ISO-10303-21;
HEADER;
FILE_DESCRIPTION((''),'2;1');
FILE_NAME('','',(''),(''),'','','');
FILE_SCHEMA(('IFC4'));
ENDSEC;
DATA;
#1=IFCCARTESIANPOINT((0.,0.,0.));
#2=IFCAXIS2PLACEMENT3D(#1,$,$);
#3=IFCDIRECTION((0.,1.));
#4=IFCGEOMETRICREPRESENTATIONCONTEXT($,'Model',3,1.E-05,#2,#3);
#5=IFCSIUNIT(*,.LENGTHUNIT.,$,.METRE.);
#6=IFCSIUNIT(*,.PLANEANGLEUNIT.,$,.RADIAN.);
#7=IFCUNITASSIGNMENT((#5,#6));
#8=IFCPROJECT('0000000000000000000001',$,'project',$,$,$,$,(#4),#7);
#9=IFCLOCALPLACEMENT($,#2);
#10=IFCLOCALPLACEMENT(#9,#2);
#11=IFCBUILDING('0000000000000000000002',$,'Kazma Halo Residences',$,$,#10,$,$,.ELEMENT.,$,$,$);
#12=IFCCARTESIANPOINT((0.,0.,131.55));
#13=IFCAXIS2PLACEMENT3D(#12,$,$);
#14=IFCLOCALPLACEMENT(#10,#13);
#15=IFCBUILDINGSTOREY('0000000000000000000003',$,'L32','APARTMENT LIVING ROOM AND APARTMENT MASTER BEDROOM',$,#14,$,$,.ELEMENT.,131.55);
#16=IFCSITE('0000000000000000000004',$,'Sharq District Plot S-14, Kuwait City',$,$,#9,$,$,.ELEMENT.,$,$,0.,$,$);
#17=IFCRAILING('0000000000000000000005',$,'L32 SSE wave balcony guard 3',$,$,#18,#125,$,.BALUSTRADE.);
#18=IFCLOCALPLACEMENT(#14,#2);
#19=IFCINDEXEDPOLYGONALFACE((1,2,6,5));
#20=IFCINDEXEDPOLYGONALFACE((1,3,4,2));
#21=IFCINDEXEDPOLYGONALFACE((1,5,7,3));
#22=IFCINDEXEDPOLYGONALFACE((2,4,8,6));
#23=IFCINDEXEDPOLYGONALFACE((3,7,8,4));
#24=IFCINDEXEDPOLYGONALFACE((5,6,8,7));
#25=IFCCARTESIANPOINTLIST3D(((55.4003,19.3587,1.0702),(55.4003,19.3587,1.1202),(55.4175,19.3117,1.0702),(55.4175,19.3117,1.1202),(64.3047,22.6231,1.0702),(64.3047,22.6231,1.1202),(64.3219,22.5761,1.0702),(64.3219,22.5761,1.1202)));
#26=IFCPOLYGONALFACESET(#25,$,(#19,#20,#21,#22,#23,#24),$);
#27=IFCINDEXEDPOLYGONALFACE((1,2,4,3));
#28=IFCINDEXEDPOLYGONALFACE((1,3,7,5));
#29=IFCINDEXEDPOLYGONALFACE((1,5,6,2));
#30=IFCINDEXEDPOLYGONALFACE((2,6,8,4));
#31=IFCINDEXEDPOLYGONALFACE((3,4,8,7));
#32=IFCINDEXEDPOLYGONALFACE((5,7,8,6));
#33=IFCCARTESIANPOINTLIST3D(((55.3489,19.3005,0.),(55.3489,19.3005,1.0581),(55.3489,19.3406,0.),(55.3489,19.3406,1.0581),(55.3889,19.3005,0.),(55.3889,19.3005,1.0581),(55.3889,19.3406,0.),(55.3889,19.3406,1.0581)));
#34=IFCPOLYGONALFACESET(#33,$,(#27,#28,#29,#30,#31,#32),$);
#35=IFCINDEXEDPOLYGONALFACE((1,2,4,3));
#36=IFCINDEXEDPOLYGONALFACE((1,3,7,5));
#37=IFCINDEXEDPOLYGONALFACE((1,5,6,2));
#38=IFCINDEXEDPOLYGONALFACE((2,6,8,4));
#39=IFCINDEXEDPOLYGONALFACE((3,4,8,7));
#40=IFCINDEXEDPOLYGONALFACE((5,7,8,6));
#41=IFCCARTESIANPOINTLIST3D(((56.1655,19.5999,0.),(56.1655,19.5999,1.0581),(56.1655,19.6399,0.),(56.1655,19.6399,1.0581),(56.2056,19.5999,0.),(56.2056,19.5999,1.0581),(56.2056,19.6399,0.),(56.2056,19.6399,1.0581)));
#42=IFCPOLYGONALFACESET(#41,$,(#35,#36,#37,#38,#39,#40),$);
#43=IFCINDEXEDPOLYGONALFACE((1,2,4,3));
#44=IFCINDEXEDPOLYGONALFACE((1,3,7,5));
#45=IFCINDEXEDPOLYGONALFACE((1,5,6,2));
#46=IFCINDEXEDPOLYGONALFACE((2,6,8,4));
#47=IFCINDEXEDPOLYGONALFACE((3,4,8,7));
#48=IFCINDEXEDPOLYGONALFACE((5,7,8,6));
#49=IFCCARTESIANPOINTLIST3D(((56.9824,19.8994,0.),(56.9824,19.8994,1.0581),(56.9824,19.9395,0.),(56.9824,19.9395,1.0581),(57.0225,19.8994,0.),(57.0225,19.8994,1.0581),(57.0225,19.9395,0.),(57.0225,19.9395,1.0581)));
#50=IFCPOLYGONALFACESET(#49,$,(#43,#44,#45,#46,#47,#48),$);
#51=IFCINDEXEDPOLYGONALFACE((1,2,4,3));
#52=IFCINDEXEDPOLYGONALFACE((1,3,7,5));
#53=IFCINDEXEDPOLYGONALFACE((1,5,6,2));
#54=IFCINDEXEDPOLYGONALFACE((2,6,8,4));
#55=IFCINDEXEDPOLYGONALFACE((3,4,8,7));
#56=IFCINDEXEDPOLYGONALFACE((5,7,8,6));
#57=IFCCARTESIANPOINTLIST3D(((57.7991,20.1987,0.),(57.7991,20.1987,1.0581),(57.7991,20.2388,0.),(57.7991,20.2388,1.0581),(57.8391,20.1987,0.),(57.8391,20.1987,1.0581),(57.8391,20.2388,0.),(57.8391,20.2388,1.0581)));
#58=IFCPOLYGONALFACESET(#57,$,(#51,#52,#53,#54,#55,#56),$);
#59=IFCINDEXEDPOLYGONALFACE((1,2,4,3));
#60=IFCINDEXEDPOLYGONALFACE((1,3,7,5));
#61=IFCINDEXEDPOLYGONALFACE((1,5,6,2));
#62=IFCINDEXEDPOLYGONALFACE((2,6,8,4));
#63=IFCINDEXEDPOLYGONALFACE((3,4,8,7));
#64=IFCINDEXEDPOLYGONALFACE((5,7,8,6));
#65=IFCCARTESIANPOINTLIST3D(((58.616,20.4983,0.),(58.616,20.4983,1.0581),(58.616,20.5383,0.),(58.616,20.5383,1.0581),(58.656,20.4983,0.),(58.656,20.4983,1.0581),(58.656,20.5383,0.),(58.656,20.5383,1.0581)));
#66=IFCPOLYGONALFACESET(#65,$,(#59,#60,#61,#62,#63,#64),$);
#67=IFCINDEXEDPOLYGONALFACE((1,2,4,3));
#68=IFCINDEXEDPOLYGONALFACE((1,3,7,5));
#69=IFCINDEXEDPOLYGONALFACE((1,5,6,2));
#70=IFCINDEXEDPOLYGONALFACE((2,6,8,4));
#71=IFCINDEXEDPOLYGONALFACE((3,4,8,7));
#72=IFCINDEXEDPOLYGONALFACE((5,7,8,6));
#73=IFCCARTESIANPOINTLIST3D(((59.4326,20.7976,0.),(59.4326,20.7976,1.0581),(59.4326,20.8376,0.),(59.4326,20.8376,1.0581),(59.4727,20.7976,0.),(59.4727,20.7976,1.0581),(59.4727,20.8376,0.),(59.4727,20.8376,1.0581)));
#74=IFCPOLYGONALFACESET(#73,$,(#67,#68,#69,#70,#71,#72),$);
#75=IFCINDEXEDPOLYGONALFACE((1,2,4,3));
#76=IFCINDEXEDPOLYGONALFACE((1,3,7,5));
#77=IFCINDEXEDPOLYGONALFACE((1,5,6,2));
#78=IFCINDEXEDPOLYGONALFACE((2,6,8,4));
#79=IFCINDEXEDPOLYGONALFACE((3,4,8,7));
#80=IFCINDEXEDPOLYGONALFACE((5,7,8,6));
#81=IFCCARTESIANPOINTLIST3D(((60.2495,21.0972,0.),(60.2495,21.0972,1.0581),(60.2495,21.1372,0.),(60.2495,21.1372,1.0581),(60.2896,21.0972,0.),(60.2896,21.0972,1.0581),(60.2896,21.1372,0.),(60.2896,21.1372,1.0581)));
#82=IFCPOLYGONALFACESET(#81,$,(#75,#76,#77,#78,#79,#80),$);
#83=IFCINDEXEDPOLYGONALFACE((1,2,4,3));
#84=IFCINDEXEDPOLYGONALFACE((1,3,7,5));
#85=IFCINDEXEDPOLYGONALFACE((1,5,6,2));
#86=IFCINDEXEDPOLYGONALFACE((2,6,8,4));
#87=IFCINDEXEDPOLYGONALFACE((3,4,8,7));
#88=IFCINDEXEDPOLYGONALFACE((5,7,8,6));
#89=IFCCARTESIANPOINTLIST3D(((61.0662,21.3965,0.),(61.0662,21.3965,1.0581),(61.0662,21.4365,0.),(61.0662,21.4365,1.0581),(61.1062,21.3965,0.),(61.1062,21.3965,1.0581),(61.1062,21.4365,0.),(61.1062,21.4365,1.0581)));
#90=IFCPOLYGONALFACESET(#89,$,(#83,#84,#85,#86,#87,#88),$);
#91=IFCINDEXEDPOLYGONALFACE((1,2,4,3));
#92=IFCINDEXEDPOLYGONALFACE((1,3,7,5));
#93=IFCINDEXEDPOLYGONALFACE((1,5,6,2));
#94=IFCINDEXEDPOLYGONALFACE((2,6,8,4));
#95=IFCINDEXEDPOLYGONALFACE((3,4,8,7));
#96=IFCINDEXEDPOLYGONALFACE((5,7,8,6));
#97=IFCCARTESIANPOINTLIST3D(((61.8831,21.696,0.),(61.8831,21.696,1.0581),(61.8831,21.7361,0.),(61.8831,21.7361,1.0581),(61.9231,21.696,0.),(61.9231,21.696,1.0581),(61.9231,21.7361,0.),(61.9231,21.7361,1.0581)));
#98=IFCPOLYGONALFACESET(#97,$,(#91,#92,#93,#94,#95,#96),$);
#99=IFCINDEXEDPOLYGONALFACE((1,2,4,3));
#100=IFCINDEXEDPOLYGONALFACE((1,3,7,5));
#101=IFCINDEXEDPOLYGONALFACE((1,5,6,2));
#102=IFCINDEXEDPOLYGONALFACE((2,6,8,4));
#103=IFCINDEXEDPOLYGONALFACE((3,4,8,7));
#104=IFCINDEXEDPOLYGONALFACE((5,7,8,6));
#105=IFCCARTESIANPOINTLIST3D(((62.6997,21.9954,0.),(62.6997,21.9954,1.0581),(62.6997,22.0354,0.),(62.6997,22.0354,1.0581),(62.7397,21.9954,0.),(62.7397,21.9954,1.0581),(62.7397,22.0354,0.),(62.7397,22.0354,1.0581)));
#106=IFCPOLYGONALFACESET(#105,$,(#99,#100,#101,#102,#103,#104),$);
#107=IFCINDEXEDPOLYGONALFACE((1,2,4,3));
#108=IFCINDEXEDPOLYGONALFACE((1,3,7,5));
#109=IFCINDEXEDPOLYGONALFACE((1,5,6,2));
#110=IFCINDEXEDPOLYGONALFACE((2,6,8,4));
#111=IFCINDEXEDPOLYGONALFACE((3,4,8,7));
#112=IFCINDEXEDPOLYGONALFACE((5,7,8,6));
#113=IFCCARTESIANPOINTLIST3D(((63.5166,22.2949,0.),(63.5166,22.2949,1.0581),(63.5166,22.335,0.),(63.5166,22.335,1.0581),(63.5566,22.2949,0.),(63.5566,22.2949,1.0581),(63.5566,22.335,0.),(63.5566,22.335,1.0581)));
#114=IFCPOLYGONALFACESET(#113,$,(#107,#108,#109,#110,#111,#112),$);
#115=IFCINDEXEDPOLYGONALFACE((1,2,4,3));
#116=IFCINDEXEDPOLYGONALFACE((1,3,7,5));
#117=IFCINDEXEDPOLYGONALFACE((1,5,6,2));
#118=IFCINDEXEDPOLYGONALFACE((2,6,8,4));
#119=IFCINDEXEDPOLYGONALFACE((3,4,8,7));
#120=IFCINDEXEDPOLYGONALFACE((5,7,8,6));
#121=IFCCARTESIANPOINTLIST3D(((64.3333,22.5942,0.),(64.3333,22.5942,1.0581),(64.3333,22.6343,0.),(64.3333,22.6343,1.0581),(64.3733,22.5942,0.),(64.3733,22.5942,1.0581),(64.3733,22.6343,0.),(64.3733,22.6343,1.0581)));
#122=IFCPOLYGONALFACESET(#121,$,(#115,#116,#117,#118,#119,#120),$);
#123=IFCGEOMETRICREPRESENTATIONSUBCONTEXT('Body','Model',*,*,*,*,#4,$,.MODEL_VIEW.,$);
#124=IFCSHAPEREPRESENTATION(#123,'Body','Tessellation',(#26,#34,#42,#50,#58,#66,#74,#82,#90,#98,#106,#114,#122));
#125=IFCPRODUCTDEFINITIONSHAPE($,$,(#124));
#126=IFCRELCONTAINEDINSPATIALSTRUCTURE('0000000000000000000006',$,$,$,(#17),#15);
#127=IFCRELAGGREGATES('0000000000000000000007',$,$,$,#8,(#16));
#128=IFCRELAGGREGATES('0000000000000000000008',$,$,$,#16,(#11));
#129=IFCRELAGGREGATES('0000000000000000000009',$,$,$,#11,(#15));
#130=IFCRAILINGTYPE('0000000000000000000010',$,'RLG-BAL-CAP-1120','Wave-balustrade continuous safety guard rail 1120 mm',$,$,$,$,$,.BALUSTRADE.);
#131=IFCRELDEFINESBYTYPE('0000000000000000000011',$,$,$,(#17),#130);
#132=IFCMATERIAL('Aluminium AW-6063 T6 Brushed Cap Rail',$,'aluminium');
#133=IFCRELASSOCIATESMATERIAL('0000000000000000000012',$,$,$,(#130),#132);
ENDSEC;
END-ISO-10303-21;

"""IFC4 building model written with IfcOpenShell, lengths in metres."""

from ifc_helpers import new_model, si_unit, direction, frame, origin, origin_2d, place, context, subcontext, project, spatial, rectangle, extrude, material, type_object, element, save


model = new_model("IFC4")

# Units and contexts
model_context = context("Model", 3, precision=1e-05, world=origin(), true_north=direction((0.0, 1.0)))
body_context = subcontext(model_context, "Body", "Model", "MODEL_VIEW")
ifc_project = project(units=[si_unit("LENGTHUNIT", "METRE"), si_unit("PLANEANGLEUNIT", "RADIAN")], contexts=[model_context])

# Site, building, storey
site_placement = place(None, origin())
site = spatial("IfcSite", under=ifc_project, at=site_placement, Name="Sharq District Plot S-14, Kuwait City", CompositionType="ELEMENT", RefElevation=0.0)
building_placement = place(site_placement, origin())
building = spatial("IfcBuilding", under=site, at=building_placement, Name="Kazma Halo Residences", CompositionType="ELEMENT")
storey_placement = place(building_placement, frame((0.0, 0.0, 131.55)))
storey = spatial("IfcBuildingStorey", under=building, at=storey_placement, Name="L32", Description="APARTMENT LIVING ROOM AND APARTMENT MASTER BEDROOM", CompositionType="ELEMENT", Elevation=131.55)

# Railing
ifc_material_1 = material(Name="Aluminium AW-6063 T6 Brushed Cap Rail", Category="aluminium")
railing_type = type_object("IfcRailingType", Name="RLG-BAL-CAP-1120", Description="Wave-balustrade continuous safety guard rail 1120 mm", PredefinedType="BALUSTRADE", material=ifc_material_1)
railing_placement = place(storey_placement, frame((55.3689, 19.3206, 0.0)))
element("IfcRailing", 1, at=railing_placement, inside=storey, type_object=railing_type, Name="L32 SSE wave balcony guard 3", PredefinedType="BALUSTRADE", context=body_context, shape_type="SweptSolid", body=[
    extrude(rectangle(XDim=0.05, YDim=0.05, at=origin_2d()), frame((0.04, 0.0146, 1.0952), z_axis=(0.938896, 0.344202, 0.0), x_axis=(-0.344202, 0.938896, 0.0)), (0.0, 0.0, 1.0), 9.4839),
    extrude(rectangle(XDim=0.04, YDim=0.04, at=origin_2d()), origin(), (0.0, 0.0, 1.0), 1.0581),
    extrude(rectangle(XDim=0.04, YDim=0.04, at=origin_2d()), frame((0.8167, 0.2993, 0.0)), (0.0, 0.0, 1.0), 1.0581),
    extrude(rectangle(XDim=0.04, YDim=0.04, at=origin_2d()), frame((1.6335, 0.5989, 0.0)), (0.0, 0.0, 1.0), 1.0581),
    extrude(rectangle(XDim=0.04, YDim=0.04, at=origin_2d()), frame((2.4502, 0.8982, 0.0)), (0.0, 0.0, 1.0), 1.0581),
    extrude(rectangle(XDim=0.04, YDim=0.04, at=origin_2d()), frame((3.2671, 1.1978, 0.0)), (0.0, 0.0, 1.0), 1.0581),
    extrude(rectangle(XDim=0.04, YDim=0.04, at=origin_2d()), frame((4.0837, 1.4971, 0.0)), (0.0, 0.0, 1.0), 1.0581),
    extrude(rectangle(XDim=0.04, YDim=0.04, at=origin_2d()), frame((4.9006, 1.7966, 0.0)), (0.0, 0.0, 1.0), 1.0581),
    extrude(rectangle(XDim=0.04, YDim=0.04, at=origin_2d()), frame((5.7173, 2.0959, 0.0)), (0.0, 0.0, 1.0), 1.0581),
    extrude(rectangle(XDim=0.04, YDim=0.04, at=origin_2d()), frame((6.5342, 2.3955, 0.0)), (0.0, 0.0, 1.0), 1.0581),
    extrude(rectangle(XDim=0.04, YDim=0.04, at=origin_2d()), frame((7.3508, 2.6948, 0.0)), (0.0, 0.0, 1.0), 1.0581),
    extrude(rectangle(XDim=0.04, YDim=0.04, at=origin_2d()), frame((8.1677, 2.9944, 0.0)), (0.0, 0.0, 1.0), 1.0581),
    extrude(rectangle(XDim=0.04, YDim=0.04, at=origin_2d()), frame((8.9844, 3.2937, 0.0)), (0.0, 0.0, 1.0), 1.0581),
])

save(model, "model.ifc")
